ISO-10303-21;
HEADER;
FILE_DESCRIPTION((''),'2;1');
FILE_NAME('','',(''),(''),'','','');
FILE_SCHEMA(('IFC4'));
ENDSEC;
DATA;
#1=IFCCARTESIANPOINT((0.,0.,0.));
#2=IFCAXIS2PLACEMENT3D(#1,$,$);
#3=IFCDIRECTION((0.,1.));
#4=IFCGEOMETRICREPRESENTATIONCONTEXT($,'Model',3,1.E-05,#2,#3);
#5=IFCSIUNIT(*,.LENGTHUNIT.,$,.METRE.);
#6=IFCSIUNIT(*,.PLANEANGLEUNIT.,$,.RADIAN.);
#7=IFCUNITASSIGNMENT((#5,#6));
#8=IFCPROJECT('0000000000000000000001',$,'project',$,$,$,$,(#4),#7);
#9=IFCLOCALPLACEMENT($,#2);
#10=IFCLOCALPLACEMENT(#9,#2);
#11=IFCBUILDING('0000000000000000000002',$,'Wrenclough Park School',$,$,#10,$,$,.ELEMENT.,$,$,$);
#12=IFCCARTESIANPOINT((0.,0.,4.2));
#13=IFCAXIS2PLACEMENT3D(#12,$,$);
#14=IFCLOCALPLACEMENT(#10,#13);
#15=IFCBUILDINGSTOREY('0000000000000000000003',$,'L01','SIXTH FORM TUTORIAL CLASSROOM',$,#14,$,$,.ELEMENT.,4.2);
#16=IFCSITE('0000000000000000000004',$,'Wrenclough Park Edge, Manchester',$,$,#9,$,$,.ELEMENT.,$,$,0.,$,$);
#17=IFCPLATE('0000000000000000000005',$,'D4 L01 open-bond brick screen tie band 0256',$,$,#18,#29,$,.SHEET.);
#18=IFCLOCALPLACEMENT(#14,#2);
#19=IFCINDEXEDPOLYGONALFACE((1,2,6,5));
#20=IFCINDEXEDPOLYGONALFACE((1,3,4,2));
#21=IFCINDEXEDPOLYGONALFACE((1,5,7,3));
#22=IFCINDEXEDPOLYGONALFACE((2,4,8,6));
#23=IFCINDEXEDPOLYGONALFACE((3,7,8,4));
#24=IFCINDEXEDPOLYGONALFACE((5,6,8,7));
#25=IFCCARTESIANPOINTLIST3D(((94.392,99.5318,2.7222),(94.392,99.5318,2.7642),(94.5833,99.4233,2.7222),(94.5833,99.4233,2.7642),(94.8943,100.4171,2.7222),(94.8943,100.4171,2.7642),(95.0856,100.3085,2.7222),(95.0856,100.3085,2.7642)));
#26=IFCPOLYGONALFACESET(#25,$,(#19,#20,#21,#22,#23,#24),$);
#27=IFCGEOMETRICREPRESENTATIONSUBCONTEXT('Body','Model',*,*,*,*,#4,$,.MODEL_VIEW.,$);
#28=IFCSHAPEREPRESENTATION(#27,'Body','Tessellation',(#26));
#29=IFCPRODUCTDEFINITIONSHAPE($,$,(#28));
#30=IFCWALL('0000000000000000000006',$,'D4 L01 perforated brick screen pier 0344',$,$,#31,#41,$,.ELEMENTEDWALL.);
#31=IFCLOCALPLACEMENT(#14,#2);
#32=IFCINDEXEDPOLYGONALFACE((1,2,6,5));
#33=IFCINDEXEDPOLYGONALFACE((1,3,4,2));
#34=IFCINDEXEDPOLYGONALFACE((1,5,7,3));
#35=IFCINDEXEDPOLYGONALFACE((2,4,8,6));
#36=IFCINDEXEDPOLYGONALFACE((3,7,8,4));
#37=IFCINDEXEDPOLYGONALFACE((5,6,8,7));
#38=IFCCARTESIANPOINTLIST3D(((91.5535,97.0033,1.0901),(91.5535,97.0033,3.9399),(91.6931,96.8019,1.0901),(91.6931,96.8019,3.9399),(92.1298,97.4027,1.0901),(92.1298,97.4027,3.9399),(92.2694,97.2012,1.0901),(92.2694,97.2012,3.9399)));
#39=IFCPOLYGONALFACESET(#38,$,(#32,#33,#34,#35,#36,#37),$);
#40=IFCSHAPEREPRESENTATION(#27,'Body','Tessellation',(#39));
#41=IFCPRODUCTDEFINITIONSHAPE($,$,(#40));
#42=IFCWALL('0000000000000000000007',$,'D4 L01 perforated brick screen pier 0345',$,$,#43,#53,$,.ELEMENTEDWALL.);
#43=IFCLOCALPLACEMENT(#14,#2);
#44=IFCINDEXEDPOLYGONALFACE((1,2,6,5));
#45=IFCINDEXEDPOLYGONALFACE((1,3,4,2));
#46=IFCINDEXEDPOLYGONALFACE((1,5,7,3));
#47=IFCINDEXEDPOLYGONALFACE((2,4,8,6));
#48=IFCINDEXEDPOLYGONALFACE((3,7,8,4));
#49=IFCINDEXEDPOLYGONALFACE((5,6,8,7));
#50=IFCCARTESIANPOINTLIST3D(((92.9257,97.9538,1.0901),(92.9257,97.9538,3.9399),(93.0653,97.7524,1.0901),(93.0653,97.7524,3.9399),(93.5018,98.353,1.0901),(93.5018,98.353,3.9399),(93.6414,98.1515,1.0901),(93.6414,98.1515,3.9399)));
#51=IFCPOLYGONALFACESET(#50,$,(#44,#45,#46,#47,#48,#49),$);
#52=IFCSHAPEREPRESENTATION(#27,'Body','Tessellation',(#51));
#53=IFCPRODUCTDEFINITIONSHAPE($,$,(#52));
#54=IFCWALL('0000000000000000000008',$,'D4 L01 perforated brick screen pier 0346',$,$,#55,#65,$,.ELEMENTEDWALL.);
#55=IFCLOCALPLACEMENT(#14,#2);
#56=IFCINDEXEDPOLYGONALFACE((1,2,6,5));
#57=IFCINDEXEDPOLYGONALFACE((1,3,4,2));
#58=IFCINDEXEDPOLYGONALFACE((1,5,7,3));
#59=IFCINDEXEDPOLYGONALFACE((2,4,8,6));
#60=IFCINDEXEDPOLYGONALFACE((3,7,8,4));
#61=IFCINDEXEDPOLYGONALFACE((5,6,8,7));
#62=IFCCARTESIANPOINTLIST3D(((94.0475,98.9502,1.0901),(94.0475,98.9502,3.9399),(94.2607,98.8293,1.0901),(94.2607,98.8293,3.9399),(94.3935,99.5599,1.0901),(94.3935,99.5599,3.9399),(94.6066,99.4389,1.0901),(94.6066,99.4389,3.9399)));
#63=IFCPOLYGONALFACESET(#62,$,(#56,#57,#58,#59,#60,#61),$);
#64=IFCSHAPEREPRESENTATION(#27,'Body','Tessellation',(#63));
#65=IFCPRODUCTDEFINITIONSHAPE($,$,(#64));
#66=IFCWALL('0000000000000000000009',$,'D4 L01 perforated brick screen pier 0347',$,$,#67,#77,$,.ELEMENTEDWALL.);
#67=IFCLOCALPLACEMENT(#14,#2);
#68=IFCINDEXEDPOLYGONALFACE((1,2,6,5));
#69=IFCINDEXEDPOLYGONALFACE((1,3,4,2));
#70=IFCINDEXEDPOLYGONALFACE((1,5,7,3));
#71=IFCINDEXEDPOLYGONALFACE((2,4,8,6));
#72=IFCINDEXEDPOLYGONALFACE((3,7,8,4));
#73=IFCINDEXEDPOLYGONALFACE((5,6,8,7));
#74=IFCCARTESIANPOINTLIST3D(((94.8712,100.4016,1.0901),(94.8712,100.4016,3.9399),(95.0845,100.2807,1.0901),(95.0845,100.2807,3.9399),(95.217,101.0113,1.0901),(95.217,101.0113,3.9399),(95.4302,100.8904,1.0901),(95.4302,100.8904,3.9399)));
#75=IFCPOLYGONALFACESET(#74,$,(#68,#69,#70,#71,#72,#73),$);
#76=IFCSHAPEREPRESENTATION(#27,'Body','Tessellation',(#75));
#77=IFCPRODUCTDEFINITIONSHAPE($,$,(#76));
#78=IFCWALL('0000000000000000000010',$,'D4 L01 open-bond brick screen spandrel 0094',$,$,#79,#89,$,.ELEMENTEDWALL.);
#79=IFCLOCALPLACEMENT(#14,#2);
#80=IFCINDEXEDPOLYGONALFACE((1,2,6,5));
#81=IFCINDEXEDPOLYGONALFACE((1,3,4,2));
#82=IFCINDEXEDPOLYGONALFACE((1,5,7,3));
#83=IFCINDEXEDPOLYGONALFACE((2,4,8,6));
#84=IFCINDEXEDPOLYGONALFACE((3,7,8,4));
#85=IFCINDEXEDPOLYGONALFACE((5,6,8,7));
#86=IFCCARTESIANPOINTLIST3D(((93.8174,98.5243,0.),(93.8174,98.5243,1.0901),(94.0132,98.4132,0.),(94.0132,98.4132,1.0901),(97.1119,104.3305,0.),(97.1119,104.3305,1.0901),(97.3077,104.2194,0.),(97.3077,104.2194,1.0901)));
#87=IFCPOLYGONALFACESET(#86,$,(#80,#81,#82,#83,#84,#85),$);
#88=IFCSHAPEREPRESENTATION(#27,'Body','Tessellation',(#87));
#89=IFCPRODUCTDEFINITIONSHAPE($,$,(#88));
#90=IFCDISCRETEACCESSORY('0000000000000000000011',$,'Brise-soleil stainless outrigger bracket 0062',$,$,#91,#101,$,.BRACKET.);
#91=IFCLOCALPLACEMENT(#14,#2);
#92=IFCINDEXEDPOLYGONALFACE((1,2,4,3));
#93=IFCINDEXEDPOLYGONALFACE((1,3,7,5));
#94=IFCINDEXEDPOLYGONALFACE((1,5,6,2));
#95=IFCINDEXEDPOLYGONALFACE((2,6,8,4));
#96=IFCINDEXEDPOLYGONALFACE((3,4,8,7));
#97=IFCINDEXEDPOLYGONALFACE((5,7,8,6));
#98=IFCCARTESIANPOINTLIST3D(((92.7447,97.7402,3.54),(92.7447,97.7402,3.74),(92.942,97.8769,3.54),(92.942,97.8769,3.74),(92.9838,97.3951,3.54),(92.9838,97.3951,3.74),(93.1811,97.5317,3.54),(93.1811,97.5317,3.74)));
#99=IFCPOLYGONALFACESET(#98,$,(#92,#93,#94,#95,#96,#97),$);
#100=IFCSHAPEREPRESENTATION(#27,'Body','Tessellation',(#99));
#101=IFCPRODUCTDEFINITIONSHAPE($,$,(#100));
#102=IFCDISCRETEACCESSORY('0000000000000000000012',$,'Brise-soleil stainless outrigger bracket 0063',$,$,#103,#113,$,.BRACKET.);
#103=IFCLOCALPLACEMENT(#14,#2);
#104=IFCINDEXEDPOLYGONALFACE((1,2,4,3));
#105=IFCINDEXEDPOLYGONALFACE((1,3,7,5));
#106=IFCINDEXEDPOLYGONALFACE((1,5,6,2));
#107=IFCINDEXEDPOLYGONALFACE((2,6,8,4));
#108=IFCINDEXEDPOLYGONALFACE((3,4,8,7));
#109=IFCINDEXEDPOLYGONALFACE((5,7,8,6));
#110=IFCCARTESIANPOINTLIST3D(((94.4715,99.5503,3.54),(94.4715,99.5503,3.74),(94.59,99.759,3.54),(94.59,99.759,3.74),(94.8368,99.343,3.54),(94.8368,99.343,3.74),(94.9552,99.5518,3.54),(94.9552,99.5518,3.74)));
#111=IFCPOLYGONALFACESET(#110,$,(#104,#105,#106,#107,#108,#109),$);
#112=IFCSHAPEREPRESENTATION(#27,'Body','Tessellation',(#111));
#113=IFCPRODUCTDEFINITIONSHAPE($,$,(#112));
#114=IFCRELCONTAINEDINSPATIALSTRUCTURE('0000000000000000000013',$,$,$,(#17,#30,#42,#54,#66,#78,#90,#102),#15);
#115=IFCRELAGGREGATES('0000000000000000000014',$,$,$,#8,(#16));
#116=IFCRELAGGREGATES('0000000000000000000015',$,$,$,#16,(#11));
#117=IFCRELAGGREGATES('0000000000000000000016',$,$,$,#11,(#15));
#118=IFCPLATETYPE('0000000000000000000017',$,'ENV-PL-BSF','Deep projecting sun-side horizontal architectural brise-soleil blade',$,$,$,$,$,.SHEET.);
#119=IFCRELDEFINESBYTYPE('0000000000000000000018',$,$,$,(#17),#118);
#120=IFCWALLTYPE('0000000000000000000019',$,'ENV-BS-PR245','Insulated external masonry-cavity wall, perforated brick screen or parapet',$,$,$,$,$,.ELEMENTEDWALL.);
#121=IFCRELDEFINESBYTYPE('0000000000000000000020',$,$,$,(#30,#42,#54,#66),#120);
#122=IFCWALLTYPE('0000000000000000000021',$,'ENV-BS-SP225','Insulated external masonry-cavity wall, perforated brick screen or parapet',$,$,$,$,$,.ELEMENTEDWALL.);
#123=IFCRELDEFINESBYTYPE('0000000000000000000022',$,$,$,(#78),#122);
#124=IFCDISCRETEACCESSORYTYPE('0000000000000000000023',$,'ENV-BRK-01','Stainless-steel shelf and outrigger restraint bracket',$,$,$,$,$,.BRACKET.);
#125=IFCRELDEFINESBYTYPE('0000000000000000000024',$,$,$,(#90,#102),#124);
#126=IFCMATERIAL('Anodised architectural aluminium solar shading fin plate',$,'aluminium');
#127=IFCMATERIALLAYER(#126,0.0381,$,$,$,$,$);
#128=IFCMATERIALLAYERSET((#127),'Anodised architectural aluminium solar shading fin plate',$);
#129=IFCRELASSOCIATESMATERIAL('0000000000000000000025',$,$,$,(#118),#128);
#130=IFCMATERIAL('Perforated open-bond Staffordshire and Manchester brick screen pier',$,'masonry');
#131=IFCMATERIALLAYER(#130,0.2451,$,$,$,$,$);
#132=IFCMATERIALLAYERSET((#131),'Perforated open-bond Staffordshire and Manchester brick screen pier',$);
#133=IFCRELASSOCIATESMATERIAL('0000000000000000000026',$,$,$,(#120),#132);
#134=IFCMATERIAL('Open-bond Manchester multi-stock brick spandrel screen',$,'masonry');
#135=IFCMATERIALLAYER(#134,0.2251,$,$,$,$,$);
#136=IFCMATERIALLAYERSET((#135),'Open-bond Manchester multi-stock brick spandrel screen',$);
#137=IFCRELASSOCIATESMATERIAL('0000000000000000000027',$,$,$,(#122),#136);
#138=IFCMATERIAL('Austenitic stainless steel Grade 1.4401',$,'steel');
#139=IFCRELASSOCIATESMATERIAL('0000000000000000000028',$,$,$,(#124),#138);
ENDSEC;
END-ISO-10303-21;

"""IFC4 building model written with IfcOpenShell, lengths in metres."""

from ifc_helpers import new_model, si_unit, direction, frame, frame_2d, origin, origin_2d, place, context, subcontext, project, spatial, rectangle, extrude, material, layer, layer_set, type_object, element, save


model = new_model("IFC4")

# Units and contexts
model_context = context("Model", 3, precision=1e-05, world=origin(), true_north=direction((0.0, 1.0)))
body_context = subcontext(model_context, "Body", "Model", "MODEL_VIEW")
ifc_project = project(units=[si_unit("LENGTHUNIT", "METRE"), si_unit("PLANEANGLEUNIT", "RADIAN")], contexts=[model_context])

# Site, building, storey
site_placement = place(None, origin())
site = spatial("IfcSite", under=ifc_project, at=site_placement, Name="Wrenclough Park Edge, Manchester", CompositionType="ELEMENT", RefElevation=0.0)
building_placement = place(site_placement, origin())
building = spatial("IfcBuilding", under=site, at=building_placement, Name="Wrenclough Park School", CompositionType="ELEMENT")
storey_placement = place(building_placement, frame((0.0, 0.0, 4.2)))
storey = spatial("IfcBuildingStorey", under=building, at=storey_placement, Name="L01", Description="SIXTH FORM TUTORIAL CLASSROOM", CompositionType="ELEMENT", Elevation=4.2)

# Plate
ifc_material_1 = material(Name="Anodised architectural aluminium solar shading fin plate", Category="aluminium")
ifc_layer_1 = layer(ifc_material_1, 0.0381)
ifc_layer_set_1 = layer_set([ifc_layer_1], Name="Anodised architectural aluminium solar shading fin plate")
plate_type_1 = type_object("IfcPlateType", Name="ENV-PL-BSF", Description="Deep projecting sun-side horizontal architectural brise-soleil blade", PredefinedType="SHEET", material=ifc_layer_set_1)
plate_1_placement = place(storey_placement, frame((94.7388, 99.9202, 2.7222), z_axis=(0.0, 0.0, 1.0), x_axis=(0.493509, 0.869741, 0.0)))
element("IfcPlate", 1, at=plate_1_placement, inside=storey, type_object=plate_type_1, Name="D4 L01 open-bond brick screen tie band 0256", PredefinedType="SHEET", context=body_context, shape_type="SweptSolid", body=[
    extrude(rectangle(XDim=1.0178, YDim=0.22, at=origin_2d()), origin(), (0.0, 0.0, 1.0), 0.042),
])

# Walls
ifc_material_2 = material(Name="Perforated open-bond Staffordshire and Manchester brick screen pier", Category="masonry")
ifc_layer_2 = layer(ifc_material_2, 0.2451)
ifc_layer_set_2 = layer_set([ifc_layer_2], Name="Perforated open-bond Staffordshire and Manchester brick screen pier")
wall_type_1 = type_object("IfcWallType", Name="ENV-BS-PR245", Description="Insulated external masonry-cavity wall, perforated brick screen or parapet", PredefinedType="ELEMENTEDWALL", material=ifc_layer_set_2)
wall_1_placement = place(storey_placement, frame((91.6233, 96.9026, 1.0901), z_axis=(0.0, 0.0, 1.0), x_axis=(0.821954, 0.569554, 0.0)))
element("IfcWall", 2, at=wall_1_placement, inside=storey, type_object=wall_type_1, Name="D4 L01 perforated brick screen pier 0344", PredefinedType="ELEMENTEDWALL", context=body_context, shape_type="SweptSolid", body=[
    extrude(rectangle(XDim=0.7012, YDim=0.2451, at=frame_2d((0.3506, 0.0))), origin(), (0.0, 0.0, 1.0), 2.8499),
])
for number, where, z_axis, x_axis, name in (
    (3, (92.9954, 97.853, 1.0901), (0.0, 0.0, 1.0), (0.822004, 0.569482, 0.0), "D4 L01 perforated brick screen pier 0345"),
    (4, (94.1541, 98.8896, 1.0901), (0.0, 0.0, 1.0), (0.493549, 0.869718, 0.0), "D4 L01 perforated brick screen pier 0346"),
    (5, (94.9778, 100.3411, 1.0901), (0.0, 0.0, 1.0), (0.493285, 0.869868, 0.0), "D4 L01 perforated brick screen pier 0347"),
):
    element("IfcWall", number, at=place(storey_placement, frame(where, z_axis=z_axis, x_axis=x_axis)), inside=storey, type_object=wall_type_1, Name=name, PredefinedType="ELEMENTEDWALL", context=body_context, shape_type="SweptSolid", body=[
        extrude(rectangle(XDim=0.7009, YDim=0.2451, at=frame_2d((0.3506, 0.0))), origin(), (0.0, 0.0, 1.0), 2.8499),
    ])
ifc_material_3 = material(Name="Open-bond Manchester multi-stock brick spandrel screen", Category="masonry")
ifc_layer_3 = layer(ifc_material_3, 0.2251)
ifc_layer_set_3 = layer_set([ifc_layer_3], Name="Open-bond Manchester multi-stock brick spandrel screen")
wall_type_2 = type_object("IfcWallType", Name="ENV-BS-SP225", Description="Insulated external masonry-cavity wall, perforated brick screen or parapet", PredefinedType="ELEMENTEDWALL", material=ifc_layer_set_3)
wall_2_placement = place(storey_placement, frame((93.9153, 98.4688, 0.0), z_axis=(0.0, 0.0, 1.0), x_axis=(0.493498, 0.869747, 0.0)))
element("IfcWall", 6, at=wall_2_placement, inside=storey, type_object=wall_type_2, Name="D4 L01 open-bond brick screen spandrel 0094", PredefinedType="ELEMENTEDWALL", context=body_context, shape_type="SweptSolid", body=[
    extrude(rectangle(XDim=6.6758, YDim=0.2251, at=frame_2d((3.3379, 0.0))), origin(), (0.0, 0.0, 1.0), 1.0901),
])

# Discrete accessories
ifc_material_4 = material(Name="Austenitic stainless steel Grade 1.4401", Category="steel")
discrete_accessory_type = type_object("IfcDiscreteAccessoryType", Name="ENV-BRK-01", Description="Stainless-steel shelf and outrigger restraint bracket", PredefinedType="BRACKET", material=ifc_material_4)
for number, where, z_axis, x_axis, name in (
    (7, (92.9629, 97.636, 3.54), (0.0, 0.0, 1.0), (0.822008, 0.569476, 0.0), "Brise-soleil stainless outrigger bracket 0062"),
    (8, (94.7134, 99.551, 3.54), (0.0, 0.0, 1.0), (0.493509, 0.869741, 0.0), "Brise-soleil stainless outrigger bracket 0063"),
):
    element("IfcDiscreteAccessory", number, at=place(storey_placement, frame(where, z_axis=z_axis, x_axis=x_axis)), inside=storey, type_object=discrete_accessory_type, Name=name, PredefinedType="BRACKET", context=body_context, shape_type="SweptSolid", body=[
        extrude(rectangle(XDim=0.24, YDim=0.4199, at=origin_2d()), origin(), (0.0, 0.0, 1.0), 0.2),
    ])

save(model, "model.ifc")
